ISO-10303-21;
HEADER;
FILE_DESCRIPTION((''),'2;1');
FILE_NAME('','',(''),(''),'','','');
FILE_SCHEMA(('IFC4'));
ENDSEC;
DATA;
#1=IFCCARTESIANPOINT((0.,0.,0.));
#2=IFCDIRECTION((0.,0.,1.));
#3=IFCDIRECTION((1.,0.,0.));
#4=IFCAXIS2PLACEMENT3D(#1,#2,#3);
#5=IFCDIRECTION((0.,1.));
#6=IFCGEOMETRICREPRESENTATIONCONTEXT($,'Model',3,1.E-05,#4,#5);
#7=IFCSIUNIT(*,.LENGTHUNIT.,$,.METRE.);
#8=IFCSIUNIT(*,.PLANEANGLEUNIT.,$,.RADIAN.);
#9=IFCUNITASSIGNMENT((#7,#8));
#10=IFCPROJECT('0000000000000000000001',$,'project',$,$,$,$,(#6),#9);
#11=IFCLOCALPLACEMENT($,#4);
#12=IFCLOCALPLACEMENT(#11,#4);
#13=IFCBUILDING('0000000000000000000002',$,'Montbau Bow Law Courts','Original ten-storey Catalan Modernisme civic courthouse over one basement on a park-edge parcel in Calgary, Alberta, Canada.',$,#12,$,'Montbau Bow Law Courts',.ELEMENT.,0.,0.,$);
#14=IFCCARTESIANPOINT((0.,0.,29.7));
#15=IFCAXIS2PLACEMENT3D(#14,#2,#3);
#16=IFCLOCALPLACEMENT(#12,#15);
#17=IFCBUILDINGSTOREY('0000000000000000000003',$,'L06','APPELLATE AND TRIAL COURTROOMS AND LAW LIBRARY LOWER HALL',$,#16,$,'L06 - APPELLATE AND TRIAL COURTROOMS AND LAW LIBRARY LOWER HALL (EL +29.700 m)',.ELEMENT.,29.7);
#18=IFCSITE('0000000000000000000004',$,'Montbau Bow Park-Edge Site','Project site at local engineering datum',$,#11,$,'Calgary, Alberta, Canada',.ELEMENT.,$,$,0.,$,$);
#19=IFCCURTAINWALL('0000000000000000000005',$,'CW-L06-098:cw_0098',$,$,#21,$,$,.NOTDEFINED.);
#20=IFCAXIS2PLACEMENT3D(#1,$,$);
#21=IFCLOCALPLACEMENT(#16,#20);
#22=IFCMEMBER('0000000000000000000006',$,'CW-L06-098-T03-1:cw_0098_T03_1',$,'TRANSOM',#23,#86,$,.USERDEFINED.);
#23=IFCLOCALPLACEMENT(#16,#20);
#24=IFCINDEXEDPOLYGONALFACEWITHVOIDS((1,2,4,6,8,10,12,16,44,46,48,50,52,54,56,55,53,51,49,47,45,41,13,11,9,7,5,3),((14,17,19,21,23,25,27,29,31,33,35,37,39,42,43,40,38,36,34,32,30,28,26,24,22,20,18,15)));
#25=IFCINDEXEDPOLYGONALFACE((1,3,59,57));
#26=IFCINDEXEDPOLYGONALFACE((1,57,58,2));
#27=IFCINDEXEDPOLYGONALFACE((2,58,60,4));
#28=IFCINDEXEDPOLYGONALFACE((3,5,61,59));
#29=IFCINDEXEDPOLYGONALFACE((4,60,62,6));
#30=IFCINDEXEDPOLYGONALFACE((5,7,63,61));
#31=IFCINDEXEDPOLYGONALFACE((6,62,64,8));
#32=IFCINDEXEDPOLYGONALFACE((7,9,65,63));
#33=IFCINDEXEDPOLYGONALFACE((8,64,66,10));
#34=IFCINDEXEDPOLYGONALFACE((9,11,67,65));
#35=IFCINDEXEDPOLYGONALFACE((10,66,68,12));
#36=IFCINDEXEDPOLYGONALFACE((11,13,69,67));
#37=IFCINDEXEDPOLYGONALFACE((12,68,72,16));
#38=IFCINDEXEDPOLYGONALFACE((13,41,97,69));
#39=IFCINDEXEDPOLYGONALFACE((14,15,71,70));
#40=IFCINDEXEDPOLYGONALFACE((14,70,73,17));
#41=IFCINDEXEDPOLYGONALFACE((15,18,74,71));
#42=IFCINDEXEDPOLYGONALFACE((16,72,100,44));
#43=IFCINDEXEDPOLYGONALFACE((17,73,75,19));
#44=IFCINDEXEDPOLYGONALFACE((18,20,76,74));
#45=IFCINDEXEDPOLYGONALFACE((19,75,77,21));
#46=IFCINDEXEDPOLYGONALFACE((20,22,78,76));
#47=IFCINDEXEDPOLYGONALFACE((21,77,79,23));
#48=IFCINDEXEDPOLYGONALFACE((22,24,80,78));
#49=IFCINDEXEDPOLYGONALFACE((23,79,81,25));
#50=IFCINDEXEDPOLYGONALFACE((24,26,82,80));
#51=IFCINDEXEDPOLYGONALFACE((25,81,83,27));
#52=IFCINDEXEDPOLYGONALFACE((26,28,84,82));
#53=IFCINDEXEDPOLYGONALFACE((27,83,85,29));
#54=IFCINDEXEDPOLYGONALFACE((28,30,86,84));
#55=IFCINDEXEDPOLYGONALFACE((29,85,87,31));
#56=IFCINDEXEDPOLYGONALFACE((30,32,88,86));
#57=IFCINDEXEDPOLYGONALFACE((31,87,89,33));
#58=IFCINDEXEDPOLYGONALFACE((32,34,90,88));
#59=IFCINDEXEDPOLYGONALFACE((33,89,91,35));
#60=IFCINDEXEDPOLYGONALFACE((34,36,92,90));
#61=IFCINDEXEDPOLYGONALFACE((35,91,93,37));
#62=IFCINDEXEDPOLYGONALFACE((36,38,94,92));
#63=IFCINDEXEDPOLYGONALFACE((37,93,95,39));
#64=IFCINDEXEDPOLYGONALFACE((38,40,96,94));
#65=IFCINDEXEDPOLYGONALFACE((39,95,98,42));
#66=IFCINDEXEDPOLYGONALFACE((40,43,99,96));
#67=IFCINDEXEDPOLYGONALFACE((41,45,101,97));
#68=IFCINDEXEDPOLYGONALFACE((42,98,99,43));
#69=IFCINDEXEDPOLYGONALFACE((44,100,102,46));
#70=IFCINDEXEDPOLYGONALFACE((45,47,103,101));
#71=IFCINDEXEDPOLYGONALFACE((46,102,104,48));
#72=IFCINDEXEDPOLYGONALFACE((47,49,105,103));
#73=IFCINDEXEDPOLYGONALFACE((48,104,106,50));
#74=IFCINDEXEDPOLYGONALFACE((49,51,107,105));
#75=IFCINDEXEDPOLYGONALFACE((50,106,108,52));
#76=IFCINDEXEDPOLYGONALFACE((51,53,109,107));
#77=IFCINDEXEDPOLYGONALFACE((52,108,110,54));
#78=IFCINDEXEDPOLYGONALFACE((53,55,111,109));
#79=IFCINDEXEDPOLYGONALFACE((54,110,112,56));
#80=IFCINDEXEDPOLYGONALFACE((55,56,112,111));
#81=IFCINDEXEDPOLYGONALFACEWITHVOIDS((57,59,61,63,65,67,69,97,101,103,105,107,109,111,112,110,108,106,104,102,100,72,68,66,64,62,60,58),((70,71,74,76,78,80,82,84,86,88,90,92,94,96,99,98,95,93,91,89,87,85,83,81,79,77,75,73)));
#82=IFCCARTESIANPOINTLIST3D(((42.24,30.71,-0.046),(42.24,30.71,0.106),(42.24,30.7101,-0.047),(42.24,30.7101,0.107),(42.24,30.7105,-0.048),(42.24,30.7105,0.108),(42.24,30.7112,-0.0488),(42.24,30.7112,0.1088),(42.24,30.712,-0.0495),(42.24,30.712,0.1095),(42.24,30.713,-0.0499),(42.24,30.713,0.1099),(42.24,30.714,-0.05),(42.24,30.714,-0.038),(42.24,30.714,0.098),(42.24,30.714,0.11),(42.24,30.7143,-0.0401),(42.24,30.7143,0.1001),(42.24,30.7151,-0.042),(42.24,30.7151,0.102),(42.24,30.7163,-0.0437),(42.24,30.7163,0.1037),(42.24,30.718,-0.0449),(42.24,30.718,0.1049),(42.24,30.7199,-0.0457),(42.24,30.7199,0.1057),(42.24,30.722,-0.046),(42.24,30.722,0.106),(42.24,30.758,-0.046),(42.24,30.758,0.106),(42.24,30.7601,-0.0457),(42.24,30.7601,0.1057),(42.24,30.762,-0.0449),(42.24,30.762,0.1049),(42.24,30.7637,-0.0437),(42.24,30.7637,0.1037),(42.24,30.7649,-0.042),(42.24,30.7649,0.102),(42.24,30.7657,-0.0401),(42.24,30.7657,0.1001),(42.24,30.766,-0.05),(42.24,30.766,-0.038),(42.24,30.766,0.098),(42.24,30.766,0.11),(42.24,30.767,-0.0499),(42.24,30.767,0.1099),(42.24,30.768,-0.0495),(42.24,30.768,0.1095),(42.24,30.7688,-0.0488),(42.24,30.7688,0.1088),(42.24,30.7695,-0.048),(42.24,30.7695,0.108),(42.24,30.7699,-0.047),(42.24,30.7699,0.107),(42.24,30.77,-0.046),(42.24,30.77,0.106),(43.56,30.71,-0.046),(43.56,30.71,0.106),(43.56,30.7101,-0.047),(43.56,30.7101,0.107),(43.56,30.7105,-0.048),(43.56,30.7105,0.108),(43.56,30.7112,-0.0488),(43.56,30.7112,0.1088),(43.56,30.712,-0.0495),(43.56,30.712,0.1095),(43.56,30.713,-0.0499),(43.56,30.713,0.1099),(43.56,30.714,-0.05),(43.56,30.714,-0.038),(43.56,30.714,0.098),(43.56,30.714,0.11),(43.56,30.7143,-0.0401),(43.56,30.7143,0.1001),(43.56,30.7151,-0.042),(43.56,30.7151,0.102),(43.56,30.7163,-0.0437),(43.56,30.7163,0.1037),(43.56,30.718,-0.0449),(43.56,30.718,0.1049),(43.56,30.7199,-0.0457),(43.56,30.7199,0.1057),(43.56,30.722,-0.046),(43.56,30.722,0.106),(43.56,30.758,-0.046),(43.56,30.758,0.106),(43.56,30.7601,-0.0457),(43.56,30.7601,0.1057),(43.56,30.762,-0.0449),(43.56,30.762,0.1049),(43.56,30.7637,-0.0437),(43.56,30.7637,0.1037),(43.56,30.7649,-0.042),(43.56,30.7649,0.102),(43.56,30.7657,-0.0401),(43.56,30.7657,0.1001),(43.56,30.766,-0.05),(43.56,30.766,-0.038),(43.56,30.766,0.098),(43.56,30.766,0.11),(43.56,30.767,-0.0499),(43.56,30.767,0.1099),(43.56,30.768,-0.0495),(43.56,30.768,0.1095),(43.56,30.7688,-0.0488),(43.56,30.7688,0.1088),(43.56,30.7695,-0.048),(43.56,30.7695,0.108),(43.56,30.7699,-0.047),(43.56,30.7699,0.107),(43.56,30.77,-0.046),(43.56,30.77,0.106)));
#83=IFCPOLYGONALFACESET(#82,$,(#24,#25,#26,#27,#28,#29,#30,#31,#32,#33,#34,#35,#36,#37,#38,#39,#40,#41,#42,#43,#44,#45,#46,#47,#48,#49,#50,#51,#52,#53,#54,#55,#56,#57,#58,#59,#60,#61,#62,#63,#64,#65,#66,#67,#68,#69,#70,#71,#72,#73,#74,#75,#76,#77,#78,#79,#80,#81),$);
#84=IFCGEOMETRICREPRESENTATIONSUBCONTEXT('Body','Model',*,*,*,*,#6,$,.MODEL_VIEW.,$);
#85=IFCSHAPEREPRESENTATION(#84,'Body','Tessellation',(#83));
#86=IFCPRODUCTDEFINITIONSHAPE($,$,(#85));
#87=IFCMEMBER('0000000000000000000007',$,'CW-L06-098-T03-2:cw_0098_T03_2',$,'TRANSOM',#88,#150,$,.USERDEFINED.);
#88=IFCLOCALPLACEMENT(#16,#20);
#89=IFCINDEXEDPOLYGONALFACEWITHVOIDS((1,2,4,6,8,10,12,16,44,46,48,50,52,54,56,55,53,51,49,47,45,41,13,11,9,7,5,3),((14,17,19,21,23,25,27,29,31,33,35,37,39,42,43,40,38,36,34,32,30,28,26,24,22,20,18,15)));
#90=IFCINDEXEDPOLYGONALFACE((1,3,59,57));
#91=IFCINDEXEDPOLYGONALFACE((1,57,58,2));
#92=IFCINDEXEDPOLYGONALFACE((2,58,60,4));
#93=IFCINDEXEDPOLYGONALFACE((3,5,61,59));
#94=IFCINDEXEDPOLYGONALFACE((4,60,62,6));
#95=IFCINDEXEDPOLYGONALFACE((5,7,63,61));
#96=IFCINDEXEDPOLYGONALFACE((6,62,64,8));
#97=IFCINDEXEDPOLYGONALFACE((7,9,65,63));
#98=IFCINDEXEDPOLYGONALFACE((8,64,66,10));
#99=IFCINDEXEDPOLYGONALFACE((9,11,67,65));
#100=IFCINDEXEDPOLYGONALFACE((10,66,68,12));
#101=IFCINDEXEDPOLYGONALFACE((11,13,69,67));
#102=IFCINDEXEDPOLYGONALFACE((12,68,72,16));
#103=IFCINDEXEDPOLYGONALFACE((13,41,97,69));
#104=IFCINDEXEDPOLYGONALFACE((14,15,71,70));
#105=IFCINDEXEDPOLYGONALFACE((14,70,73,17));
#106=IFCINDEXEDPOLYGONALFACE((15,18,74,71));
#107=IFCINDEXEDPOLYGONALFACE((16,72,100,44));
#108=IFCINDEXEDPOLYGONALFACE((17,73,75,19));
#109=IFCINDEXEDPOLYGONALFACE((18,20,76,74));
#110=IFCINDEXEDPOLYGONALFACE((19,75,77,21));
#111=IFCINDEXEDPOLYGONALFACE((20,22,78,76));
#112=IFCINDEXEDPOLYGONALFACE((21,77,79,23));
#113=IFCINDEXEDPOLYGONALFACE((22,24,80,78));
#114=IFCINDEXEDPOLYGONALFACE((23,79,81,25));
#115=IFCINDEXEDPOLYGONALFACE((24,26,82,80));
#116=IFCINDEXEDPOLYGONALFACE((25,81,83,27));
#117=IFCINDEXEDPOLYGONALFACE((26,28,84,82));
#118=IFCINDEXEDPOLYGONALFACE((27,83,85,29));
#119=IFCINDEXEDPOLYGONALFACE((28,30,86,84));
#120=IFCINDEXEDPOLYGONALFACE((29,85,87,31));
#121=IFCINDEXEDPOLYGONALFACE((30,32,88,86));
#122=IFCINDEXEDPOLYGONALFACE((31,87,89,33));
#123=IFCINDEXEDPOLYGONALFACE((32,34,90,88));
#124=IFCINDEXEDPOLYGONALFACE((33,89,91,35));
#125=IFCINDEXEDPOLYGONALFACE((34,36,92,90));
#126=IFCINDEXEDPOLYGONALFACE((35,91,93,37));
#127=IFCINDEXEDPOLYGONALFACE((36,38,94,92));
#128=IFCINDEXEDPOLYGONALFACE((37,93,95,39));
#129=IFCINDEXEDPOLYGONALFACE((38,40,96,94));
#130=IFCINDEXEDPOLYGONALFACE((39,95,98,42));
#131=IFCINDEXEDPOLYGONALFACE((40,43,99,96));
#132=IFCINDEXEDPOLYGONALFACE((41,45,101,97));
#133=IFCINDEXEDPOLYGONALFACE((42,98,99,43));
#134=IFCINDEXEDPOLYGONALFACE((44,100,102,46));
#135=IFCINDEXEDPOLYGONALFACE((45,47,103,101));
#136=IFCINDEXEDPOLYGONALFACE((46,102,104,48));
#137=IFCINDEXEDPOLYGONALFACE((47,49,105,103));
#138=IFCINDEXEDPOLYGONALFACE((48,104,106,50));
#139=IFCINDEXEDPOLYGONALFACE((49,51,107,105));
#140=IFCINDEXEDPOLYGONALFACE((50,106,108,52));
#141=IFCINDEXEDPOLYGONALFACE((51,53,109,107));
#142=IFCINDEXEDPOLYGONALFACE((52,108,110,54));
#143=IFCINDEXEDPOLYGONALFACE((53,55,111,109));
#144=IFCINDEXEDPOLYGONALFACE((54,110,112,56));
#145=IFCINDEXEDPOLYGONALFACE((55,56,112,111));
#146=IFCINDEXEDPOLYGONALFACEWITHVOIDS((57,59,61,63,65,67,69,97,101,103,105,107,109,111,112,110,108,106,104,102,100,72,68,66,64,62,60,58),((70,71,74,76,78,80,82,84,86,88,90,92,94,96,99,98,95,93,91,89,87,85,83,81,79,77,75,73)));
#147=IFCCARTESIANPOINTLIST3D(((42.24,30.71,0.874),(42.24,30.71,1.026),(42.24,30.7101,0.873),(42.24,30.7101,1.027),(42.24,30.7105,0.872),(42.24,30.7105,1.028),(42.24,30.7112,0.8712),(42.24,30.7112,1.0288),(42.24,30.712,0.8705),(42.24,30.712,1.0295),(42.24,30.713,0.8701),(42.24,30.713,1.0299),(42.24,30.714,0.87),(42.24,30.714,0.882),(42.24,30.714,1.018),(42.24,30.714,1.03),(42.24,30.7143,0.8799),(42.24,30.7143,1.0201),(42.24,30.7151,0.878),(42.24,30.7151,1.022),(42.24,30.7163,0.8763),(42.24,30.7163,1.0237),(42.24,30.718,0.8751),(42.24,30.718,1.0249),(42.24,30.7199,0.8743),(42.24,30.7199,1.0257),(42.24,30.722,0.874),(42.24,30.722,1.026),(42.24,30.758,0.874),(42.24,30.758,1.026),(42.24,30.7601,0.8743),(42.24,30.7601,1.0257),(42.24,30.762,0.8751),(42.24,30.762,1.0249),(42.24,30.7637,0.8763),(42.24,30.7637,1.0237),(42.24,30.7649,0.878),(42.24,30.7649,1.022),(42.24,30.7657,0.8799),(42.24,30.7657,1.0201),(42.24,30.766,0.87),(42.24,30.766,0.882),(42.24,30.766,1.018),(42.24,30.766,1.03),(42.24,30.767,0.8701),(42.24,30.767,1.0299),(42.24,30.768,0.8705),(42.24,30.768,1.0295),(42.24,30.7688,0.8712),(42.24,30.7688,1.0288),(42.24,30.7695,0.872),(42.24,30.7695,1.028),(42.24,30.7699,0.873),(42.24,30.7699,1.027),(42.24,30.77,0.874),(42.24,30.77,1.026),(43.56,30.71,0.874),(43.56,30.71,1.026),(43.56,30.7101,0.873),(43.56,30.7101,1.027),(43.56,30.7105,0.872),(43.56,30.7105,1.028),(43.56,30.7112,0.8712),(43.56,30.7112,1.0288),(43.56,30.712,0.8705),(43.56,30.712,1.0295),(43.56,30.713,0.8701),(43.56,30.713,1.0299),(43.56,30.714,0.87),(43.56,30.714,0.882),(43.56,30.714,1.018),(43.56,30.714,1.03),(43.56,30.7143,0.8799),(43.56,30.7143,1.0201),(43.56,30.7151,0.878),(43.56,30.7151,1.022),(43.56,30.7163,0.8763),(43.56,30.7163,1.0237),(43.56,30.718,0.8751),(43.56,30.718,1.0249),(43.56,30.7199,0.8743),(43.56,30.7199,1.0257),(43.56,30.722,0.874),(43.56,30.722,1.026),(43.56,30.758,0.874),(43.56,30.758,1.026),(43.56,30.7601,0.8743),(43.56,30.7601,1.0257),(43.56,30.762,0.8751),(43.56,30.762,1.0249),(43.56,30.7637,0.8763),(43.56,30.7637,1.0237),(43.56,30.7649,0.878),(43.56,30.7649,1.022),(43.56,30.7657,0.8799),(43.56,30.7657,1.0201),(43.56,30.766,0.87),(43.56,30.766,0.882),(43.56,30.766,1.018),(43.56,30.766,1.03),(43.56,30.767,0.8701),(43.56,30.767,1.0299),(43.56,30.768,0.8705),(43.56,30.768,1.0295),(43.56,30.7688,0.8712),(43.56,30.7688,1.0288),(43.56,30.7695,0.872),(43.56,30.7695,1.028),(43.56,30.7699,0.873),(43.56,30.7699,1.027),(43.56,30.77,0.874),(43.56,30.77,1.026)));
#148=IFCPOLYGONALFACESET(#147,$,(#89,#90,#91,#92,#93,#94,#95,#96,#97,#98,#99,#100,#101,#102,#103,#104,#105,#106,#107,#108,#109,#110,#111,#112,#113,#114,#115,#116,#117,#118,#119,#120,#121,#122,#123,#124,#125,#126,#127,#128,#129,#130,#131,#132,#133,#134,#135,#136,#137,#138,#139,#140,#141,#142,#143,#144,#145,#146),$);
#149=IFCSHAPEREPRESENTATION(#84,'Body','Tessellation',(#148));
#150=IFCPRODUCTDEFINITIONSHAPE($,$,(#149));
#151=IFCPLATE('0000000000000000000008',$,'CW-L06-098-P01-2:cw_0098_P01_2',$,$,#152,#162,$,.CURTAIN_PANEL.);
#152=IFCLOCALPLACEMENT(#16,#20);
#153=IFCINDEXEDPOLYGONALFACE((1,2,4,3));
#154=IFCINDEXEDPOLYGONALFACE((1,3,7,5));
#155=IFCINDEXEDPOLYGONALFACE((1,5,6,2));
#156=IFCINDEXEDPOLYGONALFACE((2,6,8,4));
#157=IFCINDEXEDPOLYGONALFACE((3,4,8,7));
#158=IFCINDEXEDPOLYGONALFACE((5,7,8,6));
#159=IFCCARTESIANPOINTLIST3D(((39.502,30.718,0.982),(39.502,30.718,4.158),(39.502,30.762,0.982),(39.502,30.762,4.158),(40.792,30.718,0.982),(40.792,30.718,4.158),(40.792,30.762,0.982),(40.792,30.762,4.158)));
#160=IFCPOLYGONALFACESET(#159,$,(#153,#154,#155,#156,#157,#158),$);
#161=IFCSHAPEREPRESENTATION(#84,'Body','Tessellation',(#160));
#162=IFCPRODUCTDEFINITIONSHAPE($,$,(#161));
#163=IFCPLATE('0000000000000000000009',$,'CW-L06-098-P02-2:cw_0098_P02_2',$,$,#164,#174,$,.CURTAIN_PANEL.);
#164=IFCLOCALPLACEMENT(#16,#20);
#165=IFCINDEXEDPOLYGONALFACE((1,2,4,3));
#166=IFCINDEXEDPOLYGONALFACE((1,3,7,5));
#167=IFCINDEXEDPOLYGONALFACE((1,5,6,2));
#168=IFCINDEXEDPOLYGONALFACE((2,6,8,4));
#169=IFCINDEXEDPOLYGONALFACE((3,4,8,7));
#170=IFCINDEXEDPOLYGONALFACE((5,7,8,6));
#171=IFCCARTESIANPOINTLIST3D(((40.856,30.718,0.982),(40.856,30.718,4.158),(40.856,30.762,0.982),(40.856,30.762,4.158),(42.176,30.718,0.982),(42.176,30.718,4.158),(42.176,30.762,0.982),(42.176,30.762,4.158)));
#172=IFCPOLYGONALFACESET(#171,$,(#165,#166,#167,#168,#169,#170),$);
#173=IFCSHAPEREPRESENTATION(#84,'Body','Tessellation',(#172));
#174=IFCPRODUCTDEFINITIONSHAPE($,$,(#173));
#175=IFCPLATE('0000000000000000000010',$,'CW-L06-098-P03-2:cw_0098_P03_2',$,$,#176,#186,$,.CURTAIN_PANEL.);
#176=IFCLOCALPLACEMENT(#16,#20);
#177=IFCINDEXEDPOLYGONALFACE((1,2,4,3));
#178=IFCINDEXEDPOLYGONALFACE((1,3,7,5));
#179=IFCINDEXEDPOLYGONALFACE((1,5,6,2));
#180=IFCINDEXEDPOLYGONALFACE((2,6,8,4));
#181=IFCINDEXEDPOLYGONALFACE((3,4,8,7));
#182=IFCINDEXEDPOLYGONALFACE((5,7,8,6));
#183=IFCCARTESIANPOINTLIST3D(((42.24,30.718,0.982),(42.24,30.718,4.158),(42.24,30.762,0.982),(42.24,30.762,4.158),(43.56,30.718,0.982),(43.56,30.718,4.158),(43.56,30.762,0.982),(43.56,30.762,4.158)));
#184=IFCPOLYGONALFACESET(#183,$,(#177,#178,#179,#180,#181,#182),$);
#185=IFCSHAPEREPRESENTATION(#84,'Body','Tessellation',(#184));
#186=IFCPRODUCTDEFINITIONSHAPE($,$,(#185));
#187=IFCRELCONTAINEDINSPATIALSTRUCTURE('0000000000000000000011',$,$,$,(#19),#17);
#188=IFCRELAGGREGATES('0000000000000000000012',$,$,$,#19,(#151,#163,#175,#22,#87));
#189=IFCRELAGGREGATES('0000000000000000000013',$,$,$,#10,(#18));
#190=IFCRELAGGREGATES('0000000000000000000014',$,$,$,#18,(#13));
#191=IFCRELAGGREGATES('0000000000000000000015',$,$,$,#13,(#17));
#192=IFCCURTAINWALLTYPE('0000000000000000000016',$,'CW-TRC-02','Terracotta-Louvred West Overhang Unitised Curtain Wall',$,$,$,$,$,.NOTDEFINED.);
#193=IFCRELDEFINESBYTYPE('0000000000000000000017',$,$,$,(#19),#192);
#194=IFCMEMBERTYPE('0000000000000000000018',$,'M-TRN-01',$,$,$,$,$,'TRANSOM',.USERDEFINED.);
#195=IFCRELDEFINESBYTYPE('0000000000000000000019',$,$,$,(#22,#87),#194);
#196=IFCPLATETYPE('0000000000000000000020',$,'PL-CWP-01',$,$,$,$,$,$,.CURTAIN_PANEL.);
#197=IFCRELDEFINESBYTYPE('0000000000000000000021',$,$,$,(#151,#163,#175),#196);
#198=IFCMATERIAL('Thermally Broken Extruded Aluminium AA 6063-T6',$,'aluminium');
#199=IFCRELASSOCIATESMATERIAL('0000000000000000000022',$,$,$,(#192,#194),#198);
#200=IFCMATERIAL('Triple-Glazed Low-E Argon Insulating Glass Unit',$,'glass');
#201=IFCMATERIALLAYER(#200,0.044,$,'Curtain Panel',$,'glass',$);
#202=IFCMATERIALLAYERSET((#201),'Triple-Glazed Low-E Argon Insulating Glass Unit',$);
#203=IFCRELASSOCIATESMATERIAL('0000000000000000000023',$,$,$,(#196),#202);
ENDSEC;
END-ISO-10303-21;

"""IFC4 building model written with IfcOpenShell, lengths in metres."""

from ifc_helpers import new_model, si_unit, direction, frame, frame_2d, origin_with_axes, origin_2d_with_axis, place, context, subcontext, project, spatial, rectangle, hollow_rectangle, extrude, material, layer, layer_set, material_profile, profile_set, type_object, element, aggregate, save


model = new_model("IFC4")

# Units and contexts
model_context = context("Model", 3, precision=1e-05, world=origin_with_axes(), true_north=direction((0.0, 1.0)))
body_context = subcontext(model_context, "Body", "Model", "MODEL_VIEW")
ifc_project = project(units=[si_unit("LENGTHUNIT", "METRE"), si_unit("PLANEANGLEUNIT", "RADIAN")], contexts=[model_context])

# Site, building, storey
site_placement = place(None, origin_with_axes())
site = spatial("IfcSite", under=ifc_project, at=site_placement, Name="Montbau Bow Park-Edge Site", Description="Project site at local engineering datum", LongName="Calgary, Alberta, Canada", CompositionType="ELEMENT", RefElevation=0.0)
building_placement = place(site_placement, origin_with_axes())
building = spatial("IfcBuilding", under=site, at=building_placement, Name="Montbau Bow Law Courts", Description="Original ten-storey Catalan Modernisme civic courthouse over one basement on a park-edge parcel in Calgary, Alberta, Canada.", LongName="Montbau Bow Law Courts", CompositionType="ELEMENT", ElevationOfRefHeight=0.0, ElevationOfTerrain=0.0)
storey_placement = place(building_placement, frame((0.0, 0.0, 29.7), z_axis=(0.0, 0.0, 1.0), x_axis=(1.0, 0.0, 0.0)))
storey = spatial("IfcBuildingStorey", under=building, at=storey_placement, Name="L06", Description="APPELLATE AND TRIAL COURTROOMS AND LAW LIBRARY LOWER HALL", LongName="L06 - APPELLATE AND TRIAL COURTROOMS AND LAW LIBRARY LOWER HALL (EL +29.700 m)", CompositionType="ELEMENT", Elevation=29.7)

# Curtain wall, members, plates
ifc_material_1 = material(Name="Thermally Broken Extruded Aluminium AA 6063-T6", Category="aluminium")
curtain_wall_type = type_object("IfcCurtainWallType", Name="CW-TRC-02", Description="Terracotta-Louvred West Overhang Unitised Curtain Wall", PredefinedType="NOTDEFINED", material=ifc_material_1)
curtain_wall_placement = place(None, frame((39.44, 30.74, 29.7), z_axis=(0.0, 0.0, 1.0), x_axis=(1.0, 0.0, 0.0)))
curtain_wall = element("IfcCurtainWall", 1, at=curtain_wall_placement, inside=storey, type_object=curtain_wall_type, Name="CW-L06-098:cw_0098", PredefinedType="NOTDEFINED")
ifc_material_profile_1 = material_profile(ifc_material_1, hollow_rectangle(XDim=0.06, YDim=0.16, WallThickness=0.004, InnerFilletRadius=0.008, OuterFilletRadius=0.004, at=origin_2d_with_axis()), Name="CWT-160X60", Category="Main", Priority=0)
ifc_profile_set_1 = profile_set([ifc_material_profile_1], Name="Thermally Broken Extruded Aluminium AA 6063-T6")
member_type_1 = type_object("IfcMemberType", Name="M-TRN-01", ElementType="TRANSOM", PredefinedType="USERDEFINED", material=ifc_profile_set_1)
member_1_placement = place(None, frame((42.24, 30.74, 29.73), z_axis=(1.0, 0.0, 0.0), x_axis=(0.0, 1.0, 0.0)))
member_1 = element("IfcMember", 2, at=member_1_placement, type_object=member_type_1, Name="CW-L06-098-T03-1:cw_0098_T03_1", ObjectType="TRANSOM", PredefinedType="USERDEFINED", context=body_context, shape_type="SweptSolid", body=[
    extrude(hollow_rectangle(XDim=0.06, YDim=0.16, WallThickness=0.004, InnerFilletRadius=0.008, OuterFilletRadius=0.004, at=origin_2d_with_axis()), origin_with_axes(), (0.0, 0.0, 1.0), 1.32),
])
member_2_placement = place(None, frame((42.24, 30.74, 30.65), z_axis=(1.0, 0.0, 0.0), x_axis=(0.0, 1.0, 0.0)))
member_2 = element("IfcMember", 3, at=member_2_placement, type_object=member_type_1, Name="CW-L06-098-T03-2:cw_0098_T03_2", ObjectType="TRANSOM", PredefinedType="USERDEFINED", context=body_context, shape_type="SweptSolid", body=[
    extrude(hollow_rectangle(XDim=0.06, YDim=0.16, WallThickness=0.004, InnerFilletRadius=0.008, OuterFilletRadius=0.004, at=origin_2d_with_axis()), origin_with_axes(), (0.0, 0.0, 1.0), 1.32),
])
ifc_material_2 = material(Name="Triple-Glazed Low-E Argon Insulating Glass Unit", Category="glass")
ifc_layer_1 = layer(ifc_material_2, 0.044, Name="Curtain Panel", Category="glass")
ifc_layer_set_1 = layer_set([ifc_layer_1], Name="Triple-Glazed Low-E Argon Insulating Glass Unit")
plate_type_1 = type_object("IfcPlateType", Name="PL-CWP-01", PredefinedType="CURTAIN_PANEL", material=ifc_layer_set_1)
plate_1_placement = place(None, frame((39.502, 30.74, 30.682), z_axis=(0.0, -1.0, 0.0), x_axis=(1.0, 0.0, 0.0)))
plate_1 = element("IfcPlate", 4, at=plate_1_placement, type_object=plate_type_1, Name="CW-L06-098-P01-2:cw_0098_P01_2", PredefinedType="CURTAIN_PANEL", context=body_context, shape_type="SweptSolid", body=[
    extrude(rectangle(XDim=1.29, YDim=3.176, at=frame_2d((0.645, 1.588), x_axis=(1.0, 0.0))), frame((0.0, 0.0, -0.022), z_axis=(0.0, 0.0, 1.0), x_axis=(1.0, 0.0, 0.0)), (0.0, 0.0, 1.0), 0.044),
])
plate_2_placement = place(None, frame((40.856, 30.74, 30.682), z_axis=(0.0, -1.0, 0.0), x_axis=(1.0, 0.0, 0.0)))
plate_2 = element("IfcPlate", 5, at=plate_2_placement, type_object=plate_type_1, Name="CW-L06-098-P02-2:cw_0098_P02_2", PredefinedType="CURTAIN_PANEL", context=body_context, shape_type="SweptSolid", body=[
    extrude(rectangle(XDim=1.32, YDim=3.176, at=frame_2d((0.66, 1.588), x_axis=(1.0, 0.0))), frame((0.0, 0.0, -0.022), z_axis=(0.0, 0.0, 1.0), x_axis=(1.0, 0.0, 0.0)), (0.0, 0.0, 1.0), 0.044),
])
plate_3_placement = place(None, frame((42.24, 30.74, 30.682), z_axis=(0.0, -1.0, 0.0), x_axis=(1.0, 0.0, 0.0)))
plate_3 = element("IfcPlate", 6, at=plate_3_placement, type_object=plate_type_1, Name="CW-L06-098-P03-2:cw_0098_P03_2", PredefinedType="CURTAIN_PANEL", context=body_context, shape_type="SweptSolid", body=[
    extrude(rectangle(XDim=1.32, YDim=3.176, at=frame_2d((0.66, 1.588), x_axis=(1.0, 0.0))), frame((0.0, 0.0, -0.022), z_axis=(0.0, 0.0, 1.0), x_axis=(1.0, 0.0, 0.0)), (0.0, 0.0, 1.0), 0.044),
])
aggregate(curtain_wall, [plate_1, plate_2, plate_3, member_1, member_2])

save(model, "model.ifc")
